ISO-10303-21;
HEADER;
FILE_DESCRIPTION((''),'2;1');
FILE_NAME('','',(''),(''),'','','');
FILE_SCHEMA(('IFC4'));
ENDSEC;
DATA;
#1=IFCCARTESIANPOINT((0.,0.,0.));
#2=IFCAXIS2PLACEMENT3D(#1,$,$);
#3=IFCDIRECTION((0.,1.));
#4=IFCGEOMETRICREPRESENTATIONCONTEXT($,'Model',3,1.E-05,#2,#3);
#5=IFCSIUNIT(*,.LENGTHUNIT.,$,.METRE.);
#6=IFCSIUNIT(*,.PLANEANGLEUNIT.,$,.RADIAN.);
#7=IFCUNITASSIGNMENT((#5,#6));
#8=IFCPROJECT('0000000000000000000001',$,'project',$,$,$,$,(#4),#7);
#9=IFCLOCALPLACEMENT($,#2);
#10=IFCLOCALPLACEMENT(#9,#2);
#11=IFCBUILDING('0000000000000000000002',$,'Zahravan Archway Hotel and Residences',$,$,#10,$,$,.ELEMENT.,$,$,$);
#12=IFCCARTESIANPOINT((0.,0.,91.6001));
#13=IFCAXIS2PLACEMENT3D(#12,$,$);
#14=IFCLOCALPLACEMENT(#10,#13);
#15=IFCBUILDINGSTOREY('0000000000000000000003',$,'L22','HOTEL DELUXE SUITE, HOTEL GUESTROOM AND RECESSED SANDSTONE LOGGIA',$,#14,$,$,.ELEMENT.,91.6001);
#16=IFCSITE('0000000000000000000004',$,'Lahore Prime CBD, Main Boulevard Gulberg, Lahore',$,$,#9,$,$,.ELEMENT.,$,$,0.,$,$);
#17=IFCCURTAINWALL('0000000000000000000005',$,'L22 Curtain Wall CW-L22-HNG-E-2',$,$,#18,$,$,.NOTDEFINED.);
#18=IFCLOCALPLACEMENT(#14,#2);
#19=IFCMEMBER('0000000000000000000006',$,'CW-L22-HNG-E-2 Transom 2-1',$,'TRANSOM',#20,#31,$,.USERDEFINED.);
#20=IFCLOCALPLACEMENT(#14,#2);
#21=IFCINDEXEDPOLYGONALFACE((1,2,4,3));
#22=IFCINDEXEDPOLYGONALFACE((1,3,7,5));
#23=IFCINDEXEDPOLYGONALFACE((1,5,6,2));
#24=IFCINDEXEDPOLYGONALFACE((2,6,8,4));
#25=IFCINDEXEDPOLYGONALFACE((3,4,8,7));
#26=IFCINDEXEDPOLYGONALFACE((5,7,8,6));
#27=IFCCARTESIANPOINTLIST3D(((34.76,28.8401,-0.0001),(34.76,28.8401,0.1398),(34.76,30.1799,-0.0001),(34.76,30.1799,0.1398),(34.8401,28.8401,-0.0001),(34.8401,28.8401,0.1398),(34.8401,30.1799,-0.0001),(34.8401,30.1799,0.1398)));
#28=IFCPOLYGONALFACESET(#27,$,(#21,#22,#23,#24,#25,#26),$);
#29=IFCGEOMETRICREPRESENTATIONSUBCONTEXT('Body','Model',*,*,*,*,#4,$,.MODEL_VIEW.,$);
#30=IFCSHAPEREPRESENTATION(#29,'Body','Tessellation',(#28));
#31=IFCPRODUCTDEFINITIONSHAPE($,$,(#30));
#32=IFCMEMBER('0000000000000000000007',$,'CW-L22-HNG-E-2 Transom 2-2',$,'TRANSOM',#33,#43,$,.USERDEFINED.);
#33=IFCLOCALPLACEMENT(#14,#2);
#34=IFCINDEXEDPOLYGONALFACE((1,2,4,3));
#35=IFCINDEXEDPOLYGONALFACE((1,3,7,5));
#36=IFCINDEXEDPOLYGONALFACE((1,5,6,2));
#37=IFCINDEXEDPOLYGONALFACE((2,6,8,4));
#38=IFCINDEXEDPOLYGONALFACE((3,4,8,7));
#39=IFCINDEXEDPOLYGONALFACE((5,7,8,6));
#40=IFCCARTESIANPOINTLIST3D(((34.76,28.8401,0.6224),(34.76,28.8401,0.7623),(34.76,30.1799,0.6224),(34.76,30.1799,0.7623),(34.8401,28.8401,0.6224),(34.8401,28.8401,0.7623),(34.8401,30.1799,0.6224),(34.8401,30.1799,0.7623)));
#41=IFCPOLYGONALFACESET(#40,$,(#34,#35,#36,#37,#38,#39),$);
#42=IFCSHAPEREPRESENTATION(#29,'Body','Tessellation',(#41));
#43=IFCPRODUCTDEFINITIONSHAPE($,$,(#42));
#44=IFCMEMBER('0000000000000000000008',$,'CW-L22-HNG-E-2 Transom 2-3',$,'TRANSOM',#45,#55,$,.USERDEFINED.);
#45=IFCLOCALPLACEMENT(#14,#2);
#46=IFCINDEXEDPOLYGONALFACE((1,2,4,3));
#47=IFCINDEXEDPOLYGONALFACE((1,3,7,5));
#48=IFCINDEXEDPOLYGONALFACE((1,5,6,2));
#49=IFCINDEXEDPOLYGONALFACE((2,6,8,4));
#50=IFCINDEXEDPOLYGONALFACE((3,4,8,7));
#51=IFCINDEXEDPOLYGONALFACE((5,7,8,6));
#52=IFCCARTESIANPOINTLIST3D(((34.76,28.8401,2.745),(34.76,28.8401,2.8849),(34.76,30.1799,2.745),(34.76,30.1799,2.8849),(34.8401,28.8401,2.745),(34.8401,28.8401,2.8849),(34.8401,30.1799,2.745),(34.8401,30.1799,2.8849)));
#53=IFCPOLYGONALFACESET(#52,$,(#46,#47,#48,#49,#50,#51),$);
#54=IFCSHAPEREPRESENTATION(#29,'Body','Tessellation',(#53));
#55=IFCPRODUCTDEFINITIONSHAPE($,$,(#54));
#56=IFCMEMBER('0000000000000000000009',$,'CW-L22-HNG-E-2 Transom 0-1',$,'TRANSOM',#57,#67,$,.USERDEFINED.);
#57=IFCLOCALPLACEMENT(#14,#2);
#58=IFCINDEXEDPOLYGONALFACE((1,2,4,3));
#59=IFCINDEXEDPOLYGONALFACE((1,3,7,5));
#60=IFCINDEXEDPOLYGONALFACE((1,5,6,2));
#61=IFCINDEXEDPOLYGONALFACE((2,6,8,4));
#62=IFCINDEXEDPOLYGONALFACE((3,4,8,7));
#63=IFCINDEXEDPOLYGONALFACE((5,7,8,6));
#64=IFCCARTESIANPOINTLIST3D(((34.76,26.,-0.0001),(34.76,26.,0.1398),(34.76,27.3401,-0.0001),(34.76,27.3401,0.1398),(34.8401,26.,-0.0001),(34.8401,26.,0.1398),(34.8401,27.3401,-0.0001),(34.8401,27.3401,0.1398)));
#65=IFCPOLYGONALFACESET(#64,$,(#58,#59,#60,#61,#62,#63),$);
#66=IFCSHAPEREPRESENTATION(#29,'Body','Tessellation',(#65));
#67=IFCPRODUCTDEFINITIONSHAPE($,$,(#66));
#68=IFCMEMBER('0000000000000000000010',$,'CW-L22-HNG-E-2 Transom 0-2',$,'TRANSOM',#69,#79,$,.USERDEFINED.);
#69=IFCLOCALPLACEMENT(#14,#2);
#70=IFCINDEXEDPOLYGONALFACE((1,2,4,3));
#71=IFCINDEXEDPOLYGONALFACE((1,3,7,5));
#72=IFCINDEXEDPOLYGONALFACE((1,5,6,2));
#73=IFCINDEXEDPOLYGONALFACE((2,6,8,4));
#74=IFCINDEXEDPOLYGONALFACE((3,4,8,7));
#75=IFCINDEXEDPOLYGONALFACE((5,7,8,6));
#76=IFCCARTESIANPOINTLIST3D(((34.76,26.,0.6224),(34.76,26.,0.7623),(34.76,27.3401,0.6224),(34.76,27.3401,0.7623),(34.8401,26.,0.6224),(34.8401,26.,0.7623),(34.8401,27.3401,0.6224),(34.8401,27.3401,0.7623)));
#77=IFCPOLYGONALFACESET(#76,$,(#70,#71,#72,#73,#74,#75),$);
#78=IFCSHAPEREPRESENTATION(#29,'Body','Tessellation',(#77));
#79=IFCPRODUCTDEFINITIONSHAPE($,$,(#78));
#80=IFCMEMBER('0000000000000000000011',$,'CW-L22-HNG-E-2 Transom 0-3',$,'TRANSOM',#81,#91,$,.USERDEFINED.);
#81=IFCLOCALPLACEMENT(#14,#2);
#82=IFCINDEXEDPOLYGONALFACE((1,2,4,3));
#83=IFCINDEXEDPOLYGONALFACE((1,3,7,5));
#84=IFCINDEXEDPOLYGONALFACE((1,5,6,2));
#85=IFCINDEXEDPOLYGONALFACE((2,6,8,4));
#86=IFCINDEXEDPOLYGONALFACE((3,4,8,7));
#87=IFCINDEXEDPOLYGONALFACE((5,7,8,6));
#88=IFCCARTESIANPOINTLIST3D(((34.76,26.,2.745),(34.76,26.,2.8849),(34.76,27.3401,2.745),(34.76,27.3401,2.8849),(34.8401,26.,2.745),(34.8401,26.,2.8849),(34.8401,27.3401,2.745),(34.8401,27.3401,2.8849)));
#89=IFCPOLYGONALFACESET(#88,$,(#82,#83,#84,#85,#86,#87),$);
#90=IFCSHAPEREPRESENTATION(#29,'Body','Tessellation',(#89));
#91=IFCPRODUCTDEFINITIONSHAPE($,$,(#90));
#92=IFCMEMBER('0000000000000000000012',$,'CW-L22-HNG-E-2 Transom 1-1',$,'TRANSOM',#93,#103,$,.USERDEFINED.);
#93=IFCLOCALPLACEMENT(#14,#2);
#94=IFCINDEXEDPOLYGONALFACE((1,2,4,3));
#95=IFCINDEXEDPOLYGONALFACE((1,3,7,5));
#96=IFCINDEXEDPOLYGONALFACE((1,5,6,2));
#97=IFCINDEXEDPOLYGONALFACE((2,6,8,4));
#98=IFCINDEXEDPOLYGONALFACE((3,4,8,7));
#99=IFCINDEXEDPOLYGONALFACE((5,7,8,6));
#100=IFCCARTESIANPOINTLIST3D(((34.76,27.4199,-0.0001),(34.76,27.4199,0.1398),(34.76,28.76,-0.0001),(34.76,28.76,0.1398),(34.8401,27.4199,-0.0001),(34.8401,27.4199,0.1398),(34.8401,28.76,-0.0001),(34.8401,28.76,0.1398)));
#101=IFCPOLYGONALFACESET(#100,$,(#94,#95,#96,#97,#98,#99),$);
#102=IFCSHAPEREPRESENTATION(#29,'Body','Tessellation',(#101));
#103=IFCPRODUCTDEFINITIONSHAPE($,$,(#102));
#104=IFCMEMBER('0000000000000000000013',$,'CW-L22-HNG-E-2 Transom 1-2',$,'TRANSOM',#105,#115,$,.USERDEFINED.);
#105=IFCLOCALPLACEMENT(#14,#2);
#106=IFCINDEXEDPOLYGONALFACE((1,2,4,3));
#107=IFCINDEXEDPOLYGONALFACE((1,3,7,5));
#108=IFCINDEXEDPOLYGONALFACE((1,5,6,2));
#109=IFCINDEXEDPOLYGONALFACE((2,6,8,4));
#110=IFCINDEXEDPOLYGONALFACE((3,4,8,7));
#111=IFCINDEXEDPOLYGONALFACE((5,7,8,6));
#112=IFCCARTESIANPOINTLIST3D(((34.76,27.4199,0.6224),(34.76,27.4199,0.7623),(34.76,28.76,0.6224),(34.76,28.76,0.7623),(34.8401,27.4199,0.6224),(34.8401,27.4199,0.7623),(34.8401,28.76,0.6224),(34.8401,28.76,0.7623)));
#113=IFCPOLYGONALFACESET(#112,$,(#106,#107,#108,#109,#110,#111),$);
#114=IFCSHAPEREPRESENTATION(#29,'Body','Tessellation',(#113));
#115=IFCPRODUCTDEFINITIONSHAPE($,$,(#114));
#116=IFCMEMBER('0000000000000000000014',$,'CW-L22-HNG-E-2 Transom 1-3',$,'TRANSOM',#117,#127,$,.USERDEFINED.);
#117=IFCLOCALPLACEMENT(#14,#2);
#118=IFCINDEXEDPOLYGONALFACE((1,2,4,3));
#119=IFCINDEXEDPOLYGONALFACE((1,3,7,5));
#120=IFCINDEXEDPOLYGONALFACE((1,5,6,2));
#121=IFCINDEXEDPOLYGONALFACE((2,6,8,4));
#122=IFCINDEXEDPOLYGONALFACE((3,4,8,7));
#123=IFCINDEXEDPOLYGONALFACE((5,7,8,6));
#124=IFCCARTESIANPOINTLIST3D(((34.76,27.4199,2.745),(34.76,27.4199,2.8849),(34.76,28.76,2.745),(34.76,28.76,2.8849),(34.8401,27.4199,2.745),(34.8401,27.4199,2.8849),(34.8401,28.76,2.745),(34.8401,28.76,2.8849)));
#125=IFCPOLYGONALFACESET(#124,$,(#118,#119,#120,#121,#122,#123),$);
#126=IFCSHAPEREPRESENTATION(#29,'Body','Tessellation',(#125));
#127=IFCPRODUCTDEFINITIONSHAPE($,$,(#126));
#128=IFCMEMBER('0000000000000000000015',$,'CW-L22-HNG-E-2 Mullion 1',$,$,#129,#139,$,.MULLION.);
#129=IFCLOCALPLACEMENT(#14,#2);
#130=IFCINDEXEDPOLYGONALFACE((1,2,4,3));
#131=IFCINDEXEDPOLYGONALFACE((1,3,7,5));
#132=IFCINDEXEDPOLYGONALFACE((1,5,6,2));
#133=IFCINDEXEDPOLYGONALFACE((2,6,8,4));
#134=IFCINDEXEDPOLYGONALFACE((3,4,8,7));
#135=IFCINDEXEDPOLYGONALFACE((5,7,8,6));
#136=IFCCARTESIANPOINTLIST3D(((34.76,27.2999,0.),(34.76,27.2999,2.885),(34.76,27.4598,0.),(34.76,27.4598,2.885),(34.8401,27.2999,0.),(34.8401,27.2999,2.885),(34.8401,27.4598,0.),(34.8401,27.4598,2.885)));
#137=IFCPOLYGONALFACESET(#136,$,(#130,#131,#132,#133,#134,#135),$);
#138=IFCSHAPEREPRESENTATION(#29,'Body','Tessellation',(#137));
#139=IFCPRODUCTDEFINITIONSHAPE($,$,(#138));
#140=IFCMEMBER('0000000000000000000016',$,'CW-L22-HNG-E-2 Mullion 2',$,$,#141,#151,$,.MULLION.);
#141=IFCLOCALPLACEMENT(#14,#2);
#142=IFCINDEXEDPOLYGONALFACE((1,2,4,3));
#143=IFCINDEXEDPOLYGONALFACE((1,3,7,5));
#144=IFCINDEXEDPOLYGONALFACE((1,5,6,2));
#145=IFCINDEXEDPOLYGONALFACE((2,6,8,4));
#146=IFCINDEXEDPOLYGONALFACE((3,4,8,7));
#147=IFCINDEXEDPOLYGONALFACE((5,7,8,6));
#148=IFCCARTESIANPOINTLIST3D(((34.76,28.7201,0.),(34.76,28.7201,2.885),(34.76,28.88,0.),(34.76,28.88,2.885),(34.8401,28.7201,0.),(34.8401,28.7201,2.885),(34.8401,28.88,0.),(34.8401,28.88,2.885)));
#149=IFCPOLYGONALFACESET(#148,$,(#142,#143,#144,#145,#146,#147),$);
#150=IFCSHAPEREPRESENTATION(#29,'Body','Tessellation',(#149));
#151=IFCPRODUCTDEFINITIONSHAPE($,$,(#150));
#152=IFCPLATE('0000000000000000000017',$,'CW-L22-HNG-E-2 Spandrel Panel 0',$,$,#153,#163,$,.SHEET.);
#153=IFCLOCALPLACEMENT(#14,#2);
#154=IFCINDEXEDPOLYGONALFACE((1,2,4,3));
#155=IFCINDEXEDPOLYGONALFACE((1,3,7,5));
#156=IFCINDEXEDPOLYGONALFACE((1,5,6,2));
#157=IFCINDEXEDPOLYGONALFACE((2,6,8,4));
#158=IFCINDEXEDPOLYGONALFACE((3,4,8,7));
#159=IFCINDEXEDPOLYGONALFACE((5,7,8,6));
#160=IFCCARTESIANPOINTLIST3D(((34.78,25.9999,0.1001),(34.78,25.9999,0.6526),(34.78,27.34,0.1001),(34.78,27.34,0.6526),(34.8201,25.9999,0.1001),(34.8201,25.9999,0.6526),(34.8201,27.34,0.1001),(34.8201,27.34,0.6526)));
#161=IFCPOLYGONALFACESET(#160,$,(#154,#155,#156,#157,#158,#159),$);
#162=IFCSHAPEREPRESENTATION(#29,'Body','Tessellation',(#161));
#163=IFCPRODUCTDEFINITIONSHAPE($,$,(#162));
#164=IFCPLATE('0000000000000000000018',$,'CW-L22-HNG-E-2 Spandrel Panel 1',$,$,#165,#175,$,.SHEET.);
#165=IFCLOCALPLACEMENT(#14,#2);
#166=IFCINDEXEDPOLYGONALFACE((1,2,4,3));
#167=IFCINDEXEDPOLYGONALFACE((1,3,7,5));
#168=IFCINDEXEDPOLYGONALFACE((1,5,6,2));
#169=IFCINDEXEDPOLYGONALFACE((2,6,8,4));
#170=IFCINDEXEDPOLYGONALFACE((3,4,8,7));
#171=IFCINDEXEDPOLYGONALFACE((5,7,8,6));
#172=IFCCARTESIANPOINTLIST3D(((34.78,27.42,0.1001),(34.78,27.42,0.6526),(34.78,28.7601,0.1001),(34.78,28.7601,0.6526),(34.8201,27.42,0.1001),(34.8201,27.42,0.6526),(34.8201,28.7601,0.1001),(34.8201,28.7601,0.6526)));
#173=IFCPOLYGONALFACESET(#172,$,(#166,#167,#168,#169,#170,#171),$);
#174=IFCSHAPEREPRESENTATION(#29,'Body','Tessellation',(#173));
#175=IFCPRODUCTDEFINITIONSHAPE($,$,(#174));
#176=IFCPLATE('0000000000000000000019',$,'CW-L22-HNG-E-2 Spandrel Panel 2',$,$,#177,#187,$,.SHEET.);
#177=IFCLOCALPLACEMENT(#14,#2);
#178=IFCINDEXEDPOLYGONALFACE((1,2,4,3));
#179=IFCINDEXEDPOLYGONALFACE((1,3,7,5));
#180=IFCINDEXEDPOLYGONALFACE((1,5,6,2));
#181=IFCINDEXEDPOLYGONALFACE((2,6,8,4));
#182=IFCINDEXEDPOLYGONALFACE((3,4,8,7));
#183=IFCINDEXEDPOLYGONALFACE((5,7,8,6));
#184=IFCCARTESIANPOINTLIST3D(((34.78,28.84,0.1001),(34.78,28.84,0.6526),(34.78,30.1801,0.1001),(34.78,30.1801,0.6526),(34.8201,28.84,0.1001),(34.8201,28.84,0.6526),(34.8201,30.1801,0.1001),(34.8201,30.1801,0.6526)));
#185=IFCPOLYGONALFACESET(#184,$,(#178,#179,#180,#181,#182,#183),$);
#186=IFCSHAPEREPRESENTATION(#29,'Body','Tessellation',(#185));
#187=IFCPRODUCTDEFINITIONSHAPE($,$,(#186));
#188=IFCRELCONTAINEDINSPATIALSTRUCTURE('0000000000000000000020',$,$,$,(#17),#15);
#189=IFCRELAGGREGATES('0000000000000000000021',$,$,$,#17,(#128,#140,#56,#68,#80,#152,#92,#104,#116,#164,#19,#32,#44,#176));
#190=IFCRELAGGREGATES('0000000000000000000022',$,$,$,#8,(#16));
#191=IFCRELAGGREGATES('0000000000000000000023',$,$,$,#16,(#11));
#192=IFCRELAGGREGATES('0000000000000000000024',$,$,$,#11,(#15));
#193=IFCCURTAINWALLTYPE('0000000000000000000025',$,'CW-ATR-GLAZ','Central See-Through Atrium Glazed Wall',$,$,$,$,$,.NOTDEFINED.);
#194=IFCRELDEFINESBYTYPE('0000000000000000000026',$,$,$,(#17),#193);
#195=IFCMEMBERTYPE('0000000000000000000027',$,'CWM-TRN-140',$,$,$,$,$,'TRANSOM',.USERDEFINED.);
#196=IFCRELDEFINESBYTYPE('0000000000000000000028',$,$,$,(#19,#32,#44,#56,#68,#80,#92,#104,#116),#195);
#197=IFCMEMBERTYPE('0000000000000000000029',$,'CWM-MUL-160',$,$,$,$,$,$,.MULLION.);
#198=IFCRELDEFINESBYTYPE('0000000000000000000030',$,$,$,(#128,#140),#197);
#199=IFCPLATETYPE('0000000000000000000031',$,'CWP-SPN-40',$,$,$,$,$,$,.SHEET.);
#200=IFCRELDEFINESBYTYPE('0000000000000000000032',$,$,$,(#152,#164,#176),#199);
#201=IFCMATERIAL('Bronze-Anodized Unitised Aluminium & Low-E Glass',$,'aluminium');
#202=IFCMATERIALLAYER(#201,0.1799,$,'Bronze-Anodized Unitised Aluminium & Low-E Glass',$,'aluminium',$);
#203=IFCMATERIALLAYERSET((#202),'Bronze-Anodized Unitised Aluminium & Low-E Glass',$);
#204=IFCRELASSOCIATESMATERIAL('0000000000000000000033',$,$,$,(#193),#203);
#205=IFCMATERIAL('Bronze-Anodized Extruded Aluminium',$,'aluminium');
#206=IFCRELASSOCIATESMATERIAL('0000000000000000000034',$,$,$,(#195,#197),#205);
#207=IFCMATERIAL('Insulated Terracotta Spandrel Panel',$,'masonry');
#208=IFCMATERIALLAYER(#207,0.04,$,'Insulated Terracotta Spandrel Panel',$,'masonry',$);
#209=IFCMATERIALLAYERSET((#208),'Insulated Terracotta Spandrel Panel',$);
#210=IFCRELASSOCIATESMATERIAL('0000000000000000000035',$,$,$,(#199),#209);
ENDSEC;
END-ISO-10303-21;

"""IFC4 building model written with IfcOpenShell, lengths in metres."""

from ifc_helpers import new_model, si_unit, direction, frame, origin, origin_2d, place, context, subcontext, project, spatial, rectangle, extrude, source, transform, mapped, material, layer, layer_set, material_profile, profile_set, type_object, element, aggregate, save


model = new_model("IFC4")

# Units and contexts
model_context = context("Model", 3, precision=1e-05, world=origin(), true_north=direction((0.0, 1.0)))
body_context = subcontext(model_context, "Body", "Model", "MODEL_VIEW")
ifc_project = project(units=[si_unit("LENGTHUNIT", "METRE"), si_unit("PLANEANGLEUNIT", "RADIAN")], contexts=[model_context])

# Site, building, storey
site_placement = place(None, origin())
site = spatial("IfcSite", under=ifc_project, at=site_placement, Name="Lahore Prime CBD, Main Boulevard Gulberg, Lahore", CompositionType="ELEMENT", RefElevation=0.0)
building_placement = place(site_placement, origin())
building = spatial("IfcBuilding", under=site, at=building_placement, Name="Zahravan Archway Hotel and Residences", CompositionType="ELEMENT")
storey_placement = place(building_placement, frame((0.0, 0.0, 91.6001)))
storey = spatial("IfcBuildingStorey", under=building, at=storey_placement, Name="L22", Description="HOTEL DELUXE SUITE, HOTEL GUESTROOM AND RECESSED SANDSTONE LOGGIA", CompositionType="ELEMENT", Elevation=91.6001)

# Curtain wall, members, plates
ifc_material_1 = material(Name="Bronze-Anodized Unitised Aluminium & Low-E Glass", Category="aluminium")
ifc_layer_1 = layer(ifc_material_1, 0.1799, Name="Bronze-Anodized Unitised Aluminium & Low-E Glass", Category="aluminium")
ifc_layer_set_1 = layer_set([ifc_layer_1], Name="Bronze-Anodized Unitised Aluminium & Low-E Glass")
curtain_wall_type = type_object("IfcCurtainWallType", Name="CW-ATR-GLAZ", Description="Central See-Through Atrium Glazed Wall", PredefinedType="NOTDEFINED", material=ifc_layer_set_1)
curtain_wall_placement = place(storey_placement, origin())
curtain_wall = element("IfcCurtainWall", 1, at=curtain_wall_placement, inside=storey, type_object=curtain_wall_type, Name="L22 Curtain Wall CW-L22-HNG-E-2", PredefinedType="NOTDEFINED")
ifc_material_2 = material(Name="Bronze-Anodized Extruded Aluminium", Category="aluminium")
ifc_material_profile_1 = material_profile(ifc_material_2, rectangle(XDim=0.0801, YDim=0.1399, at=origin_2d()), Name="TRN 80x140", Category="aluminium")
ifc_profile_set_1 = profile_set([ifc_material_profile_1], Name="Bronze-Anodized Extruded Aluminium")
member_type_1 = type_object("IfcMemberType", Name="CWM-TRN-140", ElementType="TRANSOM", PredefinedType="USERDEFINED", material=ifc_profile_set_1)
shared_shape_1 = source(origin(), body_context, "Body", "SweptSolid", [
    extrude(rectangle(XDim=0.0801, YDim=0.1399, at=origin_2d()), origin(), (0.0, 0.0, 1.0), 1.3398),
])
member_1_placement = place(storey_placement, frame((34.8, 28.8401, 0.0698), z_axis=(0.0, 1.0, 0.0), x_axis=(-1.0, 0.0, 0.0)))
member_1 = element("IfcMember", 2, at=member_1_placement, type_object=member_type_1, Name="CW-L22-HNG-E-2 Transom 2-1", ObjectType="TRANSOM", PredefinedType="USERDEFINED", context=body_context, shape_type="MappedRepresentation", body=[
    mapped(shared_shape_1, transform((0.0, 0.0, 0.0), scale=1.0)),
])
member_2_placement = place(storey_placement, frame((34.8, 28.8401, 0.6924), z_axis=(0.0, 1.0, 0.0), x_axis=(-1.0, 0.0, 0.0)))
member_2 = element("IfcMember", 3, at=member_2_placement, type_object=member_type_1, Name="CW-L22-HNG-E-2 Transom 2-2", ObjectType="TRANSOM", PredefinedType="USERDEFINED", context=body_context, shape_type="MappedRepresentation", body=[
    mapped(shared_shape_1, transform((0.0, 0.0, 0.0), scale=1.0)),
])
member_3_placement = place(storey_placement, frame((34.8, 28.8401, 2.8149), z_axis=(0.0, 1.0, 0.0), x_axis=(-1.0, 0.0, 0.0)))
member_3 = element("IfcMember", 4, at=member_3_placement, type_object=member_type_1, Name="CW-L22-HNG-E-2 Transom 2-3", ObjectType="TRANSOM", PredefinedType="USERDEFINED", context=body_context, shape_type="MappedRepresentation", body=[
    mapped(shared_shape_1, transform((0.0, 0.0, 0.0), scale=1.0)),
])
shared_shape_2 = source(origin(), body_context, "Body", "SweptSolid", [
    extrude(rectangle(XDim=0.0801, YDim=0.1399, at=origin_2d()), origin(), (0.0, 0.0, 1.0), 1.3401),
])
member_4_placement = place(storey_placement, frame((34.8, 26.0, 0.0698), z_axis=(0.0, 1.0, 0.0), x_axis=(-1.0, 0.0, 0.0)))
member_4 = element("IfcMember", 5, at=member_4_placement, type_object=member_type_1, Name="CW-L22-HNG-E-2 Transom 0-1", ObjectType="TRANSOM", PredefinedType="USERDEFINED", context=body_context, shape_type="MappedRepresentation", body=[
    mapped(shared_shape_2, transform((0.0, 0.0, 0.0), scale=1.0)),
])
member_5_placement = place(storey_placement, frame((34.8, 26.0, 0.6924), z_axis=(0.0, 1.0, 0.0), x_axis=(-1.0, 0.0, 0.0)))
member_5 = element("IfcMember", 6, at=member_5_placement, type_object=member_type_1, Name="CW-L22-HNG-E-2 Transom 0-2", ObjectType="TRANSOM", PredefinedType="USERDEFINED", context=body_context, shape_type="MappedRepresentation", body=[
    mapped(shared_shape_2, transform((0.0, 0.0, 0.0), scale=1.0)),
])
member_6_placement = place(storey_placement, frame((34.8, 26.0, 2.8149), z_axis=(0.0, 1.0, 0.0), x_axis=(-1.0, 0.0, 0.0)))
member_6 = element("IfcMember", 7, at=member_6_placement, type_object=member_type_1, Name="CW-L22-HNG-E-2 Transom 0-3", ObjectType="TRANSOM", PredefinedType="USERDEFINED", context=body_context, shape_type="MappedRepresentation", body=[
    mapped(shared_shape_2, transform((0.0, 0.0, 0.0), scale=1.0)),
])
member_7_placement = place(storey_placement, frame((34.8, 27.4199, 0.0698), z_axis=(0.0, 1.0, 0.0), x_axis=(-1.0, 0.0, 0.0)))
member_7 = element("IfcMember", 8, at=member_7_placement, type_object=member_type_1, Name="CW-L22-HNG-E-2 Transom 1-1", ObjectType="TRANSOM", PredefinedType="USERDEFINED", context=body_context, shape_type="MappedRepresentation", body=[
    mapped(shared_shape_2, transform((0.0, 0.0, 0.0), scale=1.0)),
])
member_8_placement = place(storey_placement, frame((34.8, 27.4199, 0.6924), z_axis=(0.0, 1.0, 0.0), x_axis=(-1.0, 0.0, 0.0)))
member_8 = element("IfcMember", 9, at=member_8_placement, type_object=member_type_1, Name="CW-L22-HNG-E-2 Transom 1-2", ObjectType="TRANSOM", PredefinedType="USERDEFINED", context=body_context, shape_type="MappedRepresentation", body=[
    mapped(shared_shape_2, transform((0.0, 0.0, 0.0), scale=1.0)),
])
member_9_placement = place(storey_placement, frame((34.8, 27.4199, 2.8149), z_axis=(0.0, 1.0, 0.0), x_axis=(-1.0, 0.0, 0.0)))
member_9 = element("IfcMember", 10, at=member_9_placement, type_object=member_type_1, Name="CW-L22-HNG-E-2 Transom 1-3", ObjectType="TRANSOM", PredefinedType="USERDEFINED", context=body_context, shape_type="MappedRepresentation", body=[
    mapped(shared_shape_2, transform((0.0, 0.0, 0.0), scale=1.0)),
])
ifc_material_profile_2 = material_profile(ifc_material_2, rectangle(XDim=0.0801, YDim=0.1599, at=origin_2d()), Name="MUL 80x160", Category="aluminium")
ifc_profile_set_2 = profile_set([ifc_material_profile_2], Name="Bronze-Anodized Extruded Aluminium")
member_type_2 = type_object("IfcMemberType", Name="CWM-MUL-160", PredefinedType="MULLION", material=ifc_profile_set_2)
shared_shape_3 = source(origin(), body_context, "Body", "SweptSolid", [
    extrude(rectangle(XDim=0.0801, YDim=0.1599, at=origin_2d()), origin(), (0.0, 0.0, 1.0), 2.885),
])
member_10_placement = place(storey_placement, frame((34.8, 27.3799, 0.0), z_axis=(0.0, 0.0, 1.0), x_axis=(1.0, 0.0, 0.0)))
member_10 = element("IfcMember", 11, at=member_10_placement, type_object=member_type_2, Name="CW-L22-HNG-E-2 Mullion 1", PredefinedType="MULLION", context=body_context, shape_type="MappedRepresentation", body=[
    mapped(shared_shape_3, transform((0.0, 0.0, 0.0), scale=1.0)),
])
member_11_placement = place(storey_placement, frame((34.8, 28.8, 0.0), z_axis=(0.0, 0.0, 1.0), x_axis=(1.0, 0.0, 0.0)))
member_11 = element("IfcMember", 12, at=member_11_placement, type_object=member_type_2, Name="CW-L22-HNG-E-2 Mullion 2", PredefinedType="MULLION", context=body_context, shape_type="MappedRepresentation", body=[
    mapped(shared_shape_3, transform((0.0, 0.0, 0.0), scale=1.0)),
])
ifc_material_3 = material(Name="Insulated Terracotta Spandrel Panel", Category="masonry")
ifc_layer_2 = layer(ifc_material_3, 0.04, Name="Insulated Terracotta Spandrel Panel", Category="masonry")
ifc_layer_set_2 = layer_set([ifc_layer_2], Name="Insulated Terracotta Spandrel Panel")
plate_type_1 = type_object("IfcPlateType", Name="CWP-SPN-40", PredefinedType="SHEET", material=ifc_layer_set_2)
shared_shape_4 = source(origin(), body_context, "Body", "SweptSolid", [
    extrude(rectangle(XDim=1.3401, YDim=0.04, at=origin_2d()), origin(), (0.0, 0.0, 1.0), 0.5525),
])
plate_1_placement = place(storey_placement, frame((34.8, 26.6699, 0.1001), z_axis=(0.0, 0.0, 1.0), x_axis=(0.0, 1.0, 0.0)))
plate_1 = element("IfcPlate", 13, at=plate_1_placement, type_object=plate_type_1, Name="CW-L22-HNG-E-2 Spandrel Panel 0", PredefinedType="SHEET", context=body_context, shape_type="MappedRepresentation", body=[
    mapped(shared_shape_4, transform((0.0, 0.0, 0.0), scale=1.0)),
])
plate_2_placement = place(storey_placement, frame((34.8, 28.0901, 0.1001), z_axis=(0.0, 0.0, 1.0), x_axis=(0.0, 1.0, 0.0)))
plate_2 = element("IfcPlate", 14, at=plate_2_placement, type_object=plate_type_1, Name="CW-L22-HNG-E-2 Spandrel Panel 1", PredefinedType="SHEET", context=body_context, shape_type="MappedRepresentation", body=[
    mapped(shared_shape_4, transform((0.0, 0.0, 0.0), scale=1.0)),
])
plate_3_placement = place(storey_placement, frame((34.8, 29.51, 0.1001), z_axis=(0.0, 0.0, 1.0), x_axis=(0.0, 1.0, 0.0)))
plate_3 = element("IfcPlate", 15, at=plate_3_placement, type_object=plate_type_1, Name="CW-L22-HNG-E-2 Spandrel Panel 2", PredefinedType="SHEET", context=body_context, shape_type="MappedRepresentation", body=[
    mapped(shared_shape_4, transform((0.0, 0.0, 0.0), scale=1.0)),
])
aggregate(curtain_wall, [member_10, member_11, member_4, member_5, member_6, plate_1, member_7, member_8, member_9, plate_2, member_1, member_2, member_3, plate_3])

save(model, "model.ifc")
